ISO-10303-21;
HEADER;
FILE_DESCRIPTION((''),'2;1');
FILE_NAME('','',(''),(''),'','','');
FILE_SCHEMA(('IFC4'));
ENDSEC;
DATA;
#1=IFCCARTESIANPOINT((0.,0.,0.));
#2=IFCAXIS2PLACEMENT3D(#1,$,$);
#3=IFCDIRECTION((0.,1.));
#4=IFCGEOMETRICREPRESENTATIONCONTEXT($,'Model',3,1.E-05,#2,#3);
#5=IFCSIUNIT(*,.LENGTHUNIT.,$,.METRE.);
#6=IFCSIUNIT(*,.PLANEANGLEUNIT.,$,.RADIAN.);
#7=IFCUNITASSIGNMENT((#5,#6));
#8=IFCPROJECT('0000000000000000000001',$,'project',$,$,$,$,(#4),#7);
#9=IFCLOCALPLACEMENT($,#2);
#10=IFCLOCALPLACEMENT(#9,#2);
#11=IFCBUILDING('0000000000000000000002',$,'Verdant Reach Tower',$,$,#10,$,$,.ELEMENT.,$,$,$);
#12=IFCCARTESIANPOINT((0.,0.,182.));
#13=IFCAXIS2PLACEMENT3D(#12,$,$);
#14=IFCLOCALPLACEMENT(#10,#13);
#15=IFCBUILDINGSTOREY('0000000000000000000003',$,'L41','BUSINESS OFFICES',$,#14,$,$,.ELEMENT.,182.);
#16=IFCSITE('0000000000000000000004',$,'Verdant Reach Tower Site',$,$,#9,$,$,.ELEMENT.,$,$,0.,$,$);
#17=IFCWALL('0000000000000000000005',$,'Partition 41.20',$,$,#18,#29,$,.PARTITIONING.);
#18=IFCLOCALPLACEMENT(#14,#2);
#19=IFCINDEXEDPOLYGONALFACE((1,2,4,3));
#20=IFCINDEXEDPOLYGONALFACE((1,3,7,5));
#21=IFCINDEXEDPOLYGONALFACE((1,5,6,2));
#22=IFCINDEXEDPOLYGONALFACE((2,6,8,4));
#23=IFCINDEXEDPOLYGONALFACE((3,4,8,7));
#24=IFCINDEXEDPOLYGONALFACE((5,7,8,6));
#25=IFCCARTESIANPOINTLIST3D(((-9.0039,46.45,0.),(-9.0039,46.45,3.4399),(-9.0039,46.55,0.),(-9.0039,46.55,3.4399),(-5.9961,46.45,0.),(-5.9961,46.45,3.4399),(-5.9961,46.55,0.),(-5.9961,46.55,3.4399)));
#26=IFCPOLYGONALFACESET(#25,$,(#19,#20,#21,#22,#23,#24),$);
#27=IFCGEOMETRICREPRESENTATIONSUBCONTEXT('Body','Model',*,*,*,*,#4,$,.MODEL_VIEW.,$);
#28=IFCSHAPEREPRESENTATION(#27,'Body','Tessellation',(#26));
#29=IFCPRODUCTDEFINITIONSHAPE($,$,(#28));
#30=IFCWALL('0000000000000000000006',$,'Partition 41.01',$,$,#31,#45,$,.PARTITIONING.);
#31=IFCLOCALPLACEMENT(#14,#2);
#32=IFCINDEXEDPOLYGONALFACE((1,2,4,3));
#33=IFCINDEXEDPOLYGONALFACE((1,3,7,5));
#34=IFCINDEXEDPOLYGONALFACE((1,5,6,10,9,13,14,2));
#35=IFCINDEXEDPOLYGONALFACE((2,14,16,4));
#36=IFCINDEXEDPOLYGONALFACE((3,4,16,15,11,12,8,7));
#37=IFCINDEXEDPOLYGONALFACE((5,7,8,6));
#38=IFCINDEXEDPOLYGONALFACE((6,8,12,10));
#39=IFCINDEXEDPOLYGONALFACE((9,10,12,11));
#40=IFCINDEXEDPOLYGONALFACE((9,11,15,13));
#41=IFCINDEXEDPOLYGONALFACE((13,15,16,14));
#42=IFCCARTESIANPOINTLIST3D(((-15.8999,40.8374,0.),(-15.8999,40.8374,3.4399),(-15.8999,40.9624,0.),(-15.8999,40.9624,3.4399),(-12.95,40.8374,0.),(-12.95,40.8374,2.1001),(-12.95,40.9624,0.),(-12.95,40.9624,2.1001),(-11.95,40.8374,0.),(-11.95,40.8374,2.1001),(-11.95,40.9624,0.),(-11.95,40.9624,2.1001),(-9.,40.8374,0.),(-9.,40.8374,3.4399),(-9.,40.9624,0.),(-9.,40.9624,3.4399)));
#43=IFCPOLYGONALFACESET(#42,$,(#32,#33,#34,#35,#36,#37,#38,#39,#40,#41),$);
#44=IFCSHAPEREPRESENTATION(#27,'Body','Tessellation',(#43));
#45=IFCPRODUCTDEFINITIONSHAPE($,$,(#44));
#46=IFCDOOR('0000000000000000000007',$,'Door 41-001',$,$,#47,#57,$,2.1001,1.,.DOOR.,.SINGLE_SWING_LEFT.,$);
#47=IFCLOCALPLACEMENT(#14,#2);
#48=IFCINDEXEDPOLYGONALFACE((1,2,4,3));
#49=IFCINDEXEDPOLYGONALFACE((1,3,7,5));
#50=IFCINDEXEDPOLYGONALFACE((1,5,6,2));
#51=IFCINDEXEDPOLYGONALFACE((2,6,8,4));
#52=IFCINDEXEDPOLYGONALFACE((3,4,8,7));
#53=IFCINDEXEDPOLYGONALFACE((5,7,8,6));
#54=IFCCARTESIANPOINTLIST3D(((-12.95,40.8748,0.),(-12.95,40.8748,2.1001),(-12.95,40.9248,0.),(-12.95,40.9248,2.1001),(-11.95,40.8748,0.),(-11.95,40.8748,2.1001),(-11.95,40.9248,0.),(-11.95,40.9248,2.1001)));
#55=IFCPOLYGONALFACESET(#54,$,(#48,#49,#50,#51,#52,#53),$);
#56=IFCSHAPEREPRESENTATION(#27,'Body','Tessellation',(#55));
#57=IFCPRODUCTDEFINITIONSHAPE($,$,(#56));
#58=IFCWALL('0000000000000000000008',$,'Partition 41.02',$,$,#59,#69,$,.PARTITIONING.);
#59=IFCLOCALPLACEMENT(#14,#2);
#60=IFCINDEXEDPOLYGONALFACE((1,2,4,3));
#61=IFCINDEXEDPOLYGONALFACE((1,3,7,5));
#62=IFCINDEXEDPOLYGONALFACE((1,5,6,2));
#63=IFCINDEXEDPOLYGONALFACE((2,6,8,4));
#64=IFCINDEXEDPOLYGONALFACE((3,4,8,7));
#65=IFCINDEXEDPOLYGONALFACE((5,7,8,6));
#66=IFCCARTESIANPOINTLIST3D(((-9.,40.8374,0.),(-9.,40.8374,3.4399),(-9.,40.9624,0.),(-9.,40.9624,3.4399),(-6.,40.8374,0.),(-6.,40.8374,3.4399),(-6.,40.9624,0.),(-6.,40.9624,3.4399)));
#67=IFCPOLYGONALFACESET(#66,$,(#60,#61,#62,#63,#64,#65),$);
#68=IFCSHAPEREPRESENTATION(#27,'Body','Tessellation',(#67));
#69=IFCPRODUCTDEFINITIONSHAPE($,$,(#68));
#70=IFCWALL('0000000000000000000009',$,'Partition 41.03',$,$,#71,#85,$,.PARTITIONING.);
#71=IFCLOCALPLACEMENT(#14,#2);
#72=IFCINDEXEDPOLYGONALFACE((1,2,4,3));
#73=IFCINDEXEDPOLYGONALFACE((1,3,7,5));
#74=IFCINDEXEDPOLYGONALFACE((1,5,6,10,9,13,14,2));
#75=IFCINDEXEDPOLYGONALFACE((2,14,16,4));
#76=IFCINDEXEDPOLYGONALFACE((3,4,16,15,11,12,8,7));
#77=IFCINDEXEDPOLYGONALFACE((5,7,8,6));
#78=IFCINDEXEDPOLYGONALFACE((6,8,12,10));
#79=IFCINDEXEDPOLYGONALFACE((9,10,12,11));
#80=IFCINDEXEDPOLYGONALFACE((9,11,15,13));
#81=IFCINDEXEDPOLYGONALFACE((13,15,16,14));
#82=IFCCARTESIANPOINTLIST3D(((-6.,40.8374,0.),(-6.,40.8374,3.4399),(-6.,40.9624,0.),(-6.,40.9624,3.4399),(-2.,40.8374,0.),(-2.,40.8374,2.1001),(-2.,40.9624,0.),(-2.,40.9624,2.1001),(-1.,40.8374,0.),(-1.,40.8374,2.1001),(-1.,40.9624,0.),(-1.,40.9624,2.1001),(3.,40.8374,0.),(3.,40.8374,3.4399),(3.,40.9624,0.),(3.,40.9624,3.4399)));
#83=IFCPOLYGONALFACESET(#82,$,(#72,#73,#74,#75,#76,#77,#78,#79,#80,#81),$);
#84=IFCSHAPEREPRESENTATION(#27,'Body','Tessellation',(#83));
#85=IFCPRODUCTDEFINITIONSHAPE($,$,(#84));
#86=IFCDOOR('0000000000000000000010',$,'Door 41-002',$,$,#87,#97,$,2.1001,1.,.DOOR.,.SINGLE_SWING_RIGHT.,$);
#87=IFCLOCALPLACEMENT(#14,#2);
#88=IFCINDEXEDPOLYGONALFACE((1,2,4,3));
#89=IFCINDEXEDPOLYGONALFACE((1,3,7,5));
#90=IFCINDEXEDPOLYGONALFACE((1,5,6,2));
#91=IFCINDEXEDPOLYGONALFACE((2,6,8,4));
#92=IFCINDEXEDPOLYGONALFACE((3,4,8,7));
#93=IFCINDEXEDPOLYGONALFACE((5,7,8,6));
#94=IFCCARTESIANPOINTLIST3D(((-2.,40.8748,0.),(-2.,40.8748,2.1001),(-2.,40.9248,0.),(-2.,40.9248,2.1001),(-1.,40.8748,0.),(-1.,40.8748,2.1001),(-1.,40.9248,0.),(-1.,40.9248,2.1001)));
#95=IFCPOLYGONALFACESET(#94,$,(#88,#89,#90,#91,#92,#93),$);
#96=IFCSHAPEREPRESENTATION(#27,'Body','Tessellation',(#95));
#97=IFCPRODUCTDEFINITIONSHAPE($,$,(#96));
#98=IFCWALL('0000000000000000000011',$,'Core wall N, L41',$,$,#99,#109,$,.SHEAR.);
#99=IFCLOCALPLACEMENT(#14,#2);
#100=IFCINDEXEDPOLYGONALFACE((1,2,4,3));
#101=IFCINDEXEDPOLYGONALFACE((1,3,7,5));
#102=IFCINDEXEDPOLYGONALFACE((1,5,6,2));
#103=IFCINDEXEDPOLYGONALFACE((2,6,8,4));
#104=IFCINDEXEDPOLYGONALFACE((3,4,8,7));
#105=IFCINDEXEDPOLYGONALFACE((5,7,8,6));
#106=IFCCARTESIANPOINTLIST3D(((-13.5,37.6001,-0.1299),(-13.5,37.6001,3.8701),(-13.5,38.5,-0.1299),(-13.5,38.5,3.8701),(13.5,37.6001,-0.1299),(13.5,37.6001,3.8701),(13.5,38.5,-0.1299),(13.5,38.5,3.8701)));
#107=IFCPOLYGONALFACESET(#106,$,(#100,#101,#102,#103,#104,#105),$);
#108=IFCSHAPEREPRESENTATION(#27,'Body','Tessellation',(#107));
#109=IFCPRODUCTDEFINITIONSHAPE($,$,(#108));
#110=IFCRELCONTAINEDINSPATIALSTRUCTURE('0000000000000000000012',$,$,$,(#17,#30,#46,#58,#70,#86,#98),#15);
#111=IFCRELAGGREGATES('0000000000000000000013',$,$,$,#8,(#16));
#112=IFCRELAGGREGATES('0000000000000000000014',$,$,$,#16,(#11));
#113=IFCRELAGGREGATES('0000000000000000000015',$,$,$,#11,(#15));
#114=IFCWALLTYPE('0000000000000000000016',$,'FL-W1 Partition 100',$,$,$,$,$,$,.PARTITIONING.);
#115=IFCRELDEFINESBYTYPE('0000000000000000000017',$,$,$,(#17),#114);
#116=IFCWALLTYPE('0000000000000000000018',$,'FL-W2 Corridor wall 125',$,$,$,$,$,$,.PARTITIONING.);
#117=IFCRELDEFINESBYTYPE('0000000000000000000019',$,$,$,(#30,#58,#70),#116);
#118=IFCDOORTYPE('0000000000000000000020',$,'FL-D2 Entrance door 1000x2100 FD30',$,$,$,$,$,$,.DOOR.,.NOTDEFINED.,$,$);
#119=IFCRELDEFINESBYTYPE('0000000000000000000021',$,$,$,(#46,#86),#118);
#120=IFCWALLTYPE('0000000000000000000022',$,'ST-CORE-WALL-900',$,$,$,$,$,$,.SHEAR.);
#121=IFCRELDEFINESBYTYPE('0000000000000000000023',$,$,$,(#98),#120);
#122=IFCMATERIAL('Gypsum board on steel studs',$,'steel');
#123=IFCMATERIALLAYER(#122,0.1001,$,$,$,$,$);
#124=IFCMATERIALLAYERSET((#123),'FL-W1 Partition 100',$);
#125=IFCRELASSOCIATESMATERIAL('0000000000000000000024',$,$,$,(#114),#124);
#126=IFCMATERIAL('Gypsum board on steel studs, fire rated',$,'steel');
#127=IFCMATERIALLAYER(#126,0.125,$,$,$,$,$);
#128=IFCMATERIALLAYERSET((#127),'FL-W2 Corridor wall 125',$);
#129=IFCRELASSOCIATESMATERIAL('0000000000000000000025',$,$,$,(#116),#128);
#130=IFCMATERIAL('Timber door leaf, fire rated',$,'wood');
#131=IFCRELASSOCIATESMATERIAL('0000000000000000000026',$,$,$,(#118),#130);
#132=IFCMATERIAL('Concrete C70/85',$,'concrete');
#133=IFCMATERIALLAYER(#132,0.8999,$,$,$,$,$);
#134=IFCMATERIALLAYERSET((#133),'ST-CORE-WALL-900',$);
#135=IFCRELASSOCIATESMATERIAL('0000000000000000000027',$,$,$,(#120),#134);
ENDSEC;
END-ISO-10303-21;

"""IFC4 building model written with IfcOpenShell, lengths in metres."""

from ifc_helpers import new_model, si_unit, direction, frame, frame_2d, origin, place, context, subcontext, project, spatial, rectangle, extrude, material, layer, layer_set, type_object, element, fill, save


model = new_model("IFC4")

# Units and contexts
model_context = context("Model", 3, precision=1e-05, world=origin(), true_north=direction((0.0, 1.0)))
body_context = subcontext(model_context, "Body", "Model", "MODEL_VIEW")
ifc_project = project(units=[si_unit("LENGTHUNIT", "METRE"), si_unit("PLANEANGLEUNIT", "RADIAN")], contexts=[model_context])

# Site, building, storey
site_placement = place(None, origin())
site = spatial("IfcSite", under=ifc_project, at=site_placement, Name="Verdant Reach Tower Site", CompositionType="ELEMENT", RefElevation=0.0)
building_placement = place(site_placement, origin())
building = spatial("IfcBuilding", under=site, at=building_placement, Name="Verdant Reach Tower", CompositionType="ELEMENT")
storey_placement = place(building_placement, frame((0.0, 0.0, 182.0)))
storey = spatial("IfcBuildingStorey", under=building, at=storey_placement, Name="L41", Description="BUSINESS OFFICES", CompositionType="ELEMENT", Elevation=182.0)

# Shared definitions
ifc_material_1 = material(Name="Gypsum board on steel studs", Category="steel")
ifc_layer_1 = layer(ifc_material_1, 0.1001)
ifc_layer_set_1 = layer_set([ifc_layer_1], Name="FL-W1 Partition 100")
wall_type_1 = type_object("IfcWallType", Name="FL-W1 Partition 100", PredefinedType="PARTITIONING", material=ifc_layer_set_1)

# Wall
wall_1_placement = place(storey_placement, frame((-5.9961, 46.5, 0.0), z_axis=(0.0, 0.0, 1.0), x_axis=(-1.0, 0.0, 0.0)))
element("IfcWall", 1, at=wall_1_placement, inside=storey, type_object=wall_type_1, Name="Partition 41.20", PredefinedType="PARTITIONING", context=body_context, shape_type="SweptSolid", body=[
    extrude(rectangle(XDim=3.0078, YDim=0.1001, at=frame_2d((1.5039, 0.0))), origin(), (0.0, 0.0, 1.0), 3.4399),
])

# Wall, opening, door
ifc_material_2 = material(Name="Gypsum board on steel studs, fire rated", Category="steel")
ifc_layer_2 = layer(ifc_material_2, 0.125)
ifc_layer_set_2 = layer_set([ifc_layer_2], Name="FL-W2 Corridor wall 125")
wall_type_2 = type_object("IfcWallType", Name="FL-W2 Corridor wall 125", PredefinedType="PARTITIONING", material=ifc_layer_set_2)
wall_2_placement = place(storey_placement, frame((-15.8999, 40.8999, 0.0), z_axis=(0.0, 0.0, 1.0), x_axis=(1.0, 0.0, 0.0)))
wall_2 = element("IfcWall", 2, at=wall_2_placement, inside=storey, type_object=wall_type_2, Name="Partition 41.01", PredefinedType="PARTITIONING", context=body_context, shape_type="SweptSolid", body=[
    extrude(rectangle(XDim=6.8999, YDim=0.125, at=frame_2d((3.45, 0.0))), origin(), (0.0, 0.0, 1.0), 3.4399),
])
opening_1_placement = place(wall_2_placement, frame((2.95, 0.0, 0.0)))
opening_1 = element("IfcOpeningElement", 3, at=opening_1_placement, cuts=wall_2, PredefinedType="OPENING", context=body_context, shape_type="SweptSolid", body=[
    extrude(rectangle(XDim=1.0, YDim=2.1001, at=frame_2d((0.5, 1.05))), frame((0.0, 0.0725, 0.0), z_axis=(0.0, -1.0, 0.0), x_axis=(1.0, 0.0, 0.0)), (0.0, 0.0, 1.0), 0.145),
])
ifc_material_3 = material(Name="Timber door leaf, fire rated", Category="wood")
door_type_1 = type_object("IfcDoorType", Name="FL-D2 Entrance door 1000x2100 FD30", OperationType="NOTDEFINED", PredefinedType="DOOR", material=ifc_material_3)
door_1_placement = place(opening_1_placement, origin())
door_1 = element("IfcDoor", 4, at=door_1_placement, inside=storey, type_object=door_type_1, Name="Door 41-001", OperationType="SINGLE_SWING_LEFT", OverallHeight=2.1001, OverallWidth=1.0, PredefinedType="DOOR", context=body_context, shape_type="SweptSolid", body=[
    extrude(rectangle(XDim=1.0, YDim=2.1001, at=frame_2d((0.5, 1.05))), frame((0.0, 0.0249, 0.0), z_axis=(0.0, -1.0, 0.0), x_axis=(1.0, 0.0, 0.0)), (0.0, 0.0, 1.0), 0.05),
])
fill(opening_1, door_1)

# Wall
wall_3_placement = place(storey_placement, frame((-6.0, 40.8999, 0.0), z_axis=(0.0, 0.0, 1.0), x_axis=(-1.0, 0.0, 0.0)))
element("IfcWall", 5, at=wall_3_placement, inside=storey, type_object=wall_type_2, Name="Partition 41.02", PredefinedType="PARTITIONING", context=body_context, shape_type="SweptSolid", body=[
    extrude(rectangle(XDim=3.0, YDim=0.125, at=frame_2d((1.5, 0.0))), origin(), (0.0, 0.0, 1.0), 3.4399),
])

# Wall, opening, door
wall_4_placement = place(storey_placement, frame((-6.0, 40.8999, 0.0), z_axis=(0.0, 0.0, 1.0), x_axis=(1.0, 0.0, 0.0)))
wall_4 = element("IfcWall", 6, at=wall_4_placement, inside=storey, type_object=wall_type_2, Name="Partition 41.03", PredefinedType="PARTITIONING", context=body_context, shape_type="SweptSolid", body=[
    extrude(rectangle(XDim=9.0, YDim=0.125, at=frame_2d((4.5, 0.0))), origin(), (0.0, 0.0, 1.0), 3.4399),
])
opening_2_placement = place(wall_4_placement, frame((4.0, 0.0, 0.0)))
opening_2 = element("IfcOpeningElement", 7, at=opening_2_placement, cuts=wall_4, PredefinedType="OPENING", context=body_context, shape_type="SweptSolid", body=[
    extrude(rectangle(XDim=1.0, YDim=2.1001, at=frame_2d((0.5, 1.05))), frame((0.0, 0.0725, 0.0), z_axis=(0.0, -1.0, 0.0), x_axis=(1.0, 0.0, 0.0)), (0.0, 0.0, 1.0), 0.145),
])
door_2_placement = place(opening_2_placement, origin())
door_2 = element("IfcDoor", 8, at=door_2_placement, inside=storey, type_object=door_type_1, Name="Door 41-002", OperationType="SINGLE_SWING_RIGHT", OverallHeight=2.1001, OverallWidth=1.0, PredefinedType="DOOR", context=body_context, shape_type="SweptSolid", body=[
    extrude(rectangle(XDim=1.0, YDim=2.1001, at=frame_2d((0.5, 1.05))), frame((0.0, 0.0249, 0.0), z_axis=(0.0, -1.0, 0.0), x_axis=(1.0, 0.0, 0.0)), (0.0, 0.0, 1.0), 0.05),
])
fill(opening_2, door_2)

# Wall
ifc_material_4 = material(Name="Concrete C70/85", Category="concrete")
ifc_layer_3 = layer(ifc_material_4, 0.8999)
ifc_layer_set_3 = layer_set([ifc_layer_3], Name="ST-CORE-WALL-900")
wall_type_3 = type_object("IfcWallType", Name="ST-CORE-WALL-900", PredefinedType="SHEAR", material=ifc_layer_set_3)
wall_5_placement = place(storey_placement, frame((-13.5, 38.05, -0.1299), z_axis=(0.0, 0.0, 1.0), x_axis=(1.0, 0.0, 0.0)))
element("IfcWall", 9, at=wall_5_placement, inside=storey, type_object=wall_type_3, Name="Core wall N, L41", PredefinedType="SHEAR", context=body_context, shape_type="SweptSolid", body=[
    extrude(rectangle(XDim=27.0, YDim=0.8999, at=frame_2d((13.5, 0.0))), origin(), (0.0, 0.0, 1.0), 4.0),
])

save(model, "model.ifc")
